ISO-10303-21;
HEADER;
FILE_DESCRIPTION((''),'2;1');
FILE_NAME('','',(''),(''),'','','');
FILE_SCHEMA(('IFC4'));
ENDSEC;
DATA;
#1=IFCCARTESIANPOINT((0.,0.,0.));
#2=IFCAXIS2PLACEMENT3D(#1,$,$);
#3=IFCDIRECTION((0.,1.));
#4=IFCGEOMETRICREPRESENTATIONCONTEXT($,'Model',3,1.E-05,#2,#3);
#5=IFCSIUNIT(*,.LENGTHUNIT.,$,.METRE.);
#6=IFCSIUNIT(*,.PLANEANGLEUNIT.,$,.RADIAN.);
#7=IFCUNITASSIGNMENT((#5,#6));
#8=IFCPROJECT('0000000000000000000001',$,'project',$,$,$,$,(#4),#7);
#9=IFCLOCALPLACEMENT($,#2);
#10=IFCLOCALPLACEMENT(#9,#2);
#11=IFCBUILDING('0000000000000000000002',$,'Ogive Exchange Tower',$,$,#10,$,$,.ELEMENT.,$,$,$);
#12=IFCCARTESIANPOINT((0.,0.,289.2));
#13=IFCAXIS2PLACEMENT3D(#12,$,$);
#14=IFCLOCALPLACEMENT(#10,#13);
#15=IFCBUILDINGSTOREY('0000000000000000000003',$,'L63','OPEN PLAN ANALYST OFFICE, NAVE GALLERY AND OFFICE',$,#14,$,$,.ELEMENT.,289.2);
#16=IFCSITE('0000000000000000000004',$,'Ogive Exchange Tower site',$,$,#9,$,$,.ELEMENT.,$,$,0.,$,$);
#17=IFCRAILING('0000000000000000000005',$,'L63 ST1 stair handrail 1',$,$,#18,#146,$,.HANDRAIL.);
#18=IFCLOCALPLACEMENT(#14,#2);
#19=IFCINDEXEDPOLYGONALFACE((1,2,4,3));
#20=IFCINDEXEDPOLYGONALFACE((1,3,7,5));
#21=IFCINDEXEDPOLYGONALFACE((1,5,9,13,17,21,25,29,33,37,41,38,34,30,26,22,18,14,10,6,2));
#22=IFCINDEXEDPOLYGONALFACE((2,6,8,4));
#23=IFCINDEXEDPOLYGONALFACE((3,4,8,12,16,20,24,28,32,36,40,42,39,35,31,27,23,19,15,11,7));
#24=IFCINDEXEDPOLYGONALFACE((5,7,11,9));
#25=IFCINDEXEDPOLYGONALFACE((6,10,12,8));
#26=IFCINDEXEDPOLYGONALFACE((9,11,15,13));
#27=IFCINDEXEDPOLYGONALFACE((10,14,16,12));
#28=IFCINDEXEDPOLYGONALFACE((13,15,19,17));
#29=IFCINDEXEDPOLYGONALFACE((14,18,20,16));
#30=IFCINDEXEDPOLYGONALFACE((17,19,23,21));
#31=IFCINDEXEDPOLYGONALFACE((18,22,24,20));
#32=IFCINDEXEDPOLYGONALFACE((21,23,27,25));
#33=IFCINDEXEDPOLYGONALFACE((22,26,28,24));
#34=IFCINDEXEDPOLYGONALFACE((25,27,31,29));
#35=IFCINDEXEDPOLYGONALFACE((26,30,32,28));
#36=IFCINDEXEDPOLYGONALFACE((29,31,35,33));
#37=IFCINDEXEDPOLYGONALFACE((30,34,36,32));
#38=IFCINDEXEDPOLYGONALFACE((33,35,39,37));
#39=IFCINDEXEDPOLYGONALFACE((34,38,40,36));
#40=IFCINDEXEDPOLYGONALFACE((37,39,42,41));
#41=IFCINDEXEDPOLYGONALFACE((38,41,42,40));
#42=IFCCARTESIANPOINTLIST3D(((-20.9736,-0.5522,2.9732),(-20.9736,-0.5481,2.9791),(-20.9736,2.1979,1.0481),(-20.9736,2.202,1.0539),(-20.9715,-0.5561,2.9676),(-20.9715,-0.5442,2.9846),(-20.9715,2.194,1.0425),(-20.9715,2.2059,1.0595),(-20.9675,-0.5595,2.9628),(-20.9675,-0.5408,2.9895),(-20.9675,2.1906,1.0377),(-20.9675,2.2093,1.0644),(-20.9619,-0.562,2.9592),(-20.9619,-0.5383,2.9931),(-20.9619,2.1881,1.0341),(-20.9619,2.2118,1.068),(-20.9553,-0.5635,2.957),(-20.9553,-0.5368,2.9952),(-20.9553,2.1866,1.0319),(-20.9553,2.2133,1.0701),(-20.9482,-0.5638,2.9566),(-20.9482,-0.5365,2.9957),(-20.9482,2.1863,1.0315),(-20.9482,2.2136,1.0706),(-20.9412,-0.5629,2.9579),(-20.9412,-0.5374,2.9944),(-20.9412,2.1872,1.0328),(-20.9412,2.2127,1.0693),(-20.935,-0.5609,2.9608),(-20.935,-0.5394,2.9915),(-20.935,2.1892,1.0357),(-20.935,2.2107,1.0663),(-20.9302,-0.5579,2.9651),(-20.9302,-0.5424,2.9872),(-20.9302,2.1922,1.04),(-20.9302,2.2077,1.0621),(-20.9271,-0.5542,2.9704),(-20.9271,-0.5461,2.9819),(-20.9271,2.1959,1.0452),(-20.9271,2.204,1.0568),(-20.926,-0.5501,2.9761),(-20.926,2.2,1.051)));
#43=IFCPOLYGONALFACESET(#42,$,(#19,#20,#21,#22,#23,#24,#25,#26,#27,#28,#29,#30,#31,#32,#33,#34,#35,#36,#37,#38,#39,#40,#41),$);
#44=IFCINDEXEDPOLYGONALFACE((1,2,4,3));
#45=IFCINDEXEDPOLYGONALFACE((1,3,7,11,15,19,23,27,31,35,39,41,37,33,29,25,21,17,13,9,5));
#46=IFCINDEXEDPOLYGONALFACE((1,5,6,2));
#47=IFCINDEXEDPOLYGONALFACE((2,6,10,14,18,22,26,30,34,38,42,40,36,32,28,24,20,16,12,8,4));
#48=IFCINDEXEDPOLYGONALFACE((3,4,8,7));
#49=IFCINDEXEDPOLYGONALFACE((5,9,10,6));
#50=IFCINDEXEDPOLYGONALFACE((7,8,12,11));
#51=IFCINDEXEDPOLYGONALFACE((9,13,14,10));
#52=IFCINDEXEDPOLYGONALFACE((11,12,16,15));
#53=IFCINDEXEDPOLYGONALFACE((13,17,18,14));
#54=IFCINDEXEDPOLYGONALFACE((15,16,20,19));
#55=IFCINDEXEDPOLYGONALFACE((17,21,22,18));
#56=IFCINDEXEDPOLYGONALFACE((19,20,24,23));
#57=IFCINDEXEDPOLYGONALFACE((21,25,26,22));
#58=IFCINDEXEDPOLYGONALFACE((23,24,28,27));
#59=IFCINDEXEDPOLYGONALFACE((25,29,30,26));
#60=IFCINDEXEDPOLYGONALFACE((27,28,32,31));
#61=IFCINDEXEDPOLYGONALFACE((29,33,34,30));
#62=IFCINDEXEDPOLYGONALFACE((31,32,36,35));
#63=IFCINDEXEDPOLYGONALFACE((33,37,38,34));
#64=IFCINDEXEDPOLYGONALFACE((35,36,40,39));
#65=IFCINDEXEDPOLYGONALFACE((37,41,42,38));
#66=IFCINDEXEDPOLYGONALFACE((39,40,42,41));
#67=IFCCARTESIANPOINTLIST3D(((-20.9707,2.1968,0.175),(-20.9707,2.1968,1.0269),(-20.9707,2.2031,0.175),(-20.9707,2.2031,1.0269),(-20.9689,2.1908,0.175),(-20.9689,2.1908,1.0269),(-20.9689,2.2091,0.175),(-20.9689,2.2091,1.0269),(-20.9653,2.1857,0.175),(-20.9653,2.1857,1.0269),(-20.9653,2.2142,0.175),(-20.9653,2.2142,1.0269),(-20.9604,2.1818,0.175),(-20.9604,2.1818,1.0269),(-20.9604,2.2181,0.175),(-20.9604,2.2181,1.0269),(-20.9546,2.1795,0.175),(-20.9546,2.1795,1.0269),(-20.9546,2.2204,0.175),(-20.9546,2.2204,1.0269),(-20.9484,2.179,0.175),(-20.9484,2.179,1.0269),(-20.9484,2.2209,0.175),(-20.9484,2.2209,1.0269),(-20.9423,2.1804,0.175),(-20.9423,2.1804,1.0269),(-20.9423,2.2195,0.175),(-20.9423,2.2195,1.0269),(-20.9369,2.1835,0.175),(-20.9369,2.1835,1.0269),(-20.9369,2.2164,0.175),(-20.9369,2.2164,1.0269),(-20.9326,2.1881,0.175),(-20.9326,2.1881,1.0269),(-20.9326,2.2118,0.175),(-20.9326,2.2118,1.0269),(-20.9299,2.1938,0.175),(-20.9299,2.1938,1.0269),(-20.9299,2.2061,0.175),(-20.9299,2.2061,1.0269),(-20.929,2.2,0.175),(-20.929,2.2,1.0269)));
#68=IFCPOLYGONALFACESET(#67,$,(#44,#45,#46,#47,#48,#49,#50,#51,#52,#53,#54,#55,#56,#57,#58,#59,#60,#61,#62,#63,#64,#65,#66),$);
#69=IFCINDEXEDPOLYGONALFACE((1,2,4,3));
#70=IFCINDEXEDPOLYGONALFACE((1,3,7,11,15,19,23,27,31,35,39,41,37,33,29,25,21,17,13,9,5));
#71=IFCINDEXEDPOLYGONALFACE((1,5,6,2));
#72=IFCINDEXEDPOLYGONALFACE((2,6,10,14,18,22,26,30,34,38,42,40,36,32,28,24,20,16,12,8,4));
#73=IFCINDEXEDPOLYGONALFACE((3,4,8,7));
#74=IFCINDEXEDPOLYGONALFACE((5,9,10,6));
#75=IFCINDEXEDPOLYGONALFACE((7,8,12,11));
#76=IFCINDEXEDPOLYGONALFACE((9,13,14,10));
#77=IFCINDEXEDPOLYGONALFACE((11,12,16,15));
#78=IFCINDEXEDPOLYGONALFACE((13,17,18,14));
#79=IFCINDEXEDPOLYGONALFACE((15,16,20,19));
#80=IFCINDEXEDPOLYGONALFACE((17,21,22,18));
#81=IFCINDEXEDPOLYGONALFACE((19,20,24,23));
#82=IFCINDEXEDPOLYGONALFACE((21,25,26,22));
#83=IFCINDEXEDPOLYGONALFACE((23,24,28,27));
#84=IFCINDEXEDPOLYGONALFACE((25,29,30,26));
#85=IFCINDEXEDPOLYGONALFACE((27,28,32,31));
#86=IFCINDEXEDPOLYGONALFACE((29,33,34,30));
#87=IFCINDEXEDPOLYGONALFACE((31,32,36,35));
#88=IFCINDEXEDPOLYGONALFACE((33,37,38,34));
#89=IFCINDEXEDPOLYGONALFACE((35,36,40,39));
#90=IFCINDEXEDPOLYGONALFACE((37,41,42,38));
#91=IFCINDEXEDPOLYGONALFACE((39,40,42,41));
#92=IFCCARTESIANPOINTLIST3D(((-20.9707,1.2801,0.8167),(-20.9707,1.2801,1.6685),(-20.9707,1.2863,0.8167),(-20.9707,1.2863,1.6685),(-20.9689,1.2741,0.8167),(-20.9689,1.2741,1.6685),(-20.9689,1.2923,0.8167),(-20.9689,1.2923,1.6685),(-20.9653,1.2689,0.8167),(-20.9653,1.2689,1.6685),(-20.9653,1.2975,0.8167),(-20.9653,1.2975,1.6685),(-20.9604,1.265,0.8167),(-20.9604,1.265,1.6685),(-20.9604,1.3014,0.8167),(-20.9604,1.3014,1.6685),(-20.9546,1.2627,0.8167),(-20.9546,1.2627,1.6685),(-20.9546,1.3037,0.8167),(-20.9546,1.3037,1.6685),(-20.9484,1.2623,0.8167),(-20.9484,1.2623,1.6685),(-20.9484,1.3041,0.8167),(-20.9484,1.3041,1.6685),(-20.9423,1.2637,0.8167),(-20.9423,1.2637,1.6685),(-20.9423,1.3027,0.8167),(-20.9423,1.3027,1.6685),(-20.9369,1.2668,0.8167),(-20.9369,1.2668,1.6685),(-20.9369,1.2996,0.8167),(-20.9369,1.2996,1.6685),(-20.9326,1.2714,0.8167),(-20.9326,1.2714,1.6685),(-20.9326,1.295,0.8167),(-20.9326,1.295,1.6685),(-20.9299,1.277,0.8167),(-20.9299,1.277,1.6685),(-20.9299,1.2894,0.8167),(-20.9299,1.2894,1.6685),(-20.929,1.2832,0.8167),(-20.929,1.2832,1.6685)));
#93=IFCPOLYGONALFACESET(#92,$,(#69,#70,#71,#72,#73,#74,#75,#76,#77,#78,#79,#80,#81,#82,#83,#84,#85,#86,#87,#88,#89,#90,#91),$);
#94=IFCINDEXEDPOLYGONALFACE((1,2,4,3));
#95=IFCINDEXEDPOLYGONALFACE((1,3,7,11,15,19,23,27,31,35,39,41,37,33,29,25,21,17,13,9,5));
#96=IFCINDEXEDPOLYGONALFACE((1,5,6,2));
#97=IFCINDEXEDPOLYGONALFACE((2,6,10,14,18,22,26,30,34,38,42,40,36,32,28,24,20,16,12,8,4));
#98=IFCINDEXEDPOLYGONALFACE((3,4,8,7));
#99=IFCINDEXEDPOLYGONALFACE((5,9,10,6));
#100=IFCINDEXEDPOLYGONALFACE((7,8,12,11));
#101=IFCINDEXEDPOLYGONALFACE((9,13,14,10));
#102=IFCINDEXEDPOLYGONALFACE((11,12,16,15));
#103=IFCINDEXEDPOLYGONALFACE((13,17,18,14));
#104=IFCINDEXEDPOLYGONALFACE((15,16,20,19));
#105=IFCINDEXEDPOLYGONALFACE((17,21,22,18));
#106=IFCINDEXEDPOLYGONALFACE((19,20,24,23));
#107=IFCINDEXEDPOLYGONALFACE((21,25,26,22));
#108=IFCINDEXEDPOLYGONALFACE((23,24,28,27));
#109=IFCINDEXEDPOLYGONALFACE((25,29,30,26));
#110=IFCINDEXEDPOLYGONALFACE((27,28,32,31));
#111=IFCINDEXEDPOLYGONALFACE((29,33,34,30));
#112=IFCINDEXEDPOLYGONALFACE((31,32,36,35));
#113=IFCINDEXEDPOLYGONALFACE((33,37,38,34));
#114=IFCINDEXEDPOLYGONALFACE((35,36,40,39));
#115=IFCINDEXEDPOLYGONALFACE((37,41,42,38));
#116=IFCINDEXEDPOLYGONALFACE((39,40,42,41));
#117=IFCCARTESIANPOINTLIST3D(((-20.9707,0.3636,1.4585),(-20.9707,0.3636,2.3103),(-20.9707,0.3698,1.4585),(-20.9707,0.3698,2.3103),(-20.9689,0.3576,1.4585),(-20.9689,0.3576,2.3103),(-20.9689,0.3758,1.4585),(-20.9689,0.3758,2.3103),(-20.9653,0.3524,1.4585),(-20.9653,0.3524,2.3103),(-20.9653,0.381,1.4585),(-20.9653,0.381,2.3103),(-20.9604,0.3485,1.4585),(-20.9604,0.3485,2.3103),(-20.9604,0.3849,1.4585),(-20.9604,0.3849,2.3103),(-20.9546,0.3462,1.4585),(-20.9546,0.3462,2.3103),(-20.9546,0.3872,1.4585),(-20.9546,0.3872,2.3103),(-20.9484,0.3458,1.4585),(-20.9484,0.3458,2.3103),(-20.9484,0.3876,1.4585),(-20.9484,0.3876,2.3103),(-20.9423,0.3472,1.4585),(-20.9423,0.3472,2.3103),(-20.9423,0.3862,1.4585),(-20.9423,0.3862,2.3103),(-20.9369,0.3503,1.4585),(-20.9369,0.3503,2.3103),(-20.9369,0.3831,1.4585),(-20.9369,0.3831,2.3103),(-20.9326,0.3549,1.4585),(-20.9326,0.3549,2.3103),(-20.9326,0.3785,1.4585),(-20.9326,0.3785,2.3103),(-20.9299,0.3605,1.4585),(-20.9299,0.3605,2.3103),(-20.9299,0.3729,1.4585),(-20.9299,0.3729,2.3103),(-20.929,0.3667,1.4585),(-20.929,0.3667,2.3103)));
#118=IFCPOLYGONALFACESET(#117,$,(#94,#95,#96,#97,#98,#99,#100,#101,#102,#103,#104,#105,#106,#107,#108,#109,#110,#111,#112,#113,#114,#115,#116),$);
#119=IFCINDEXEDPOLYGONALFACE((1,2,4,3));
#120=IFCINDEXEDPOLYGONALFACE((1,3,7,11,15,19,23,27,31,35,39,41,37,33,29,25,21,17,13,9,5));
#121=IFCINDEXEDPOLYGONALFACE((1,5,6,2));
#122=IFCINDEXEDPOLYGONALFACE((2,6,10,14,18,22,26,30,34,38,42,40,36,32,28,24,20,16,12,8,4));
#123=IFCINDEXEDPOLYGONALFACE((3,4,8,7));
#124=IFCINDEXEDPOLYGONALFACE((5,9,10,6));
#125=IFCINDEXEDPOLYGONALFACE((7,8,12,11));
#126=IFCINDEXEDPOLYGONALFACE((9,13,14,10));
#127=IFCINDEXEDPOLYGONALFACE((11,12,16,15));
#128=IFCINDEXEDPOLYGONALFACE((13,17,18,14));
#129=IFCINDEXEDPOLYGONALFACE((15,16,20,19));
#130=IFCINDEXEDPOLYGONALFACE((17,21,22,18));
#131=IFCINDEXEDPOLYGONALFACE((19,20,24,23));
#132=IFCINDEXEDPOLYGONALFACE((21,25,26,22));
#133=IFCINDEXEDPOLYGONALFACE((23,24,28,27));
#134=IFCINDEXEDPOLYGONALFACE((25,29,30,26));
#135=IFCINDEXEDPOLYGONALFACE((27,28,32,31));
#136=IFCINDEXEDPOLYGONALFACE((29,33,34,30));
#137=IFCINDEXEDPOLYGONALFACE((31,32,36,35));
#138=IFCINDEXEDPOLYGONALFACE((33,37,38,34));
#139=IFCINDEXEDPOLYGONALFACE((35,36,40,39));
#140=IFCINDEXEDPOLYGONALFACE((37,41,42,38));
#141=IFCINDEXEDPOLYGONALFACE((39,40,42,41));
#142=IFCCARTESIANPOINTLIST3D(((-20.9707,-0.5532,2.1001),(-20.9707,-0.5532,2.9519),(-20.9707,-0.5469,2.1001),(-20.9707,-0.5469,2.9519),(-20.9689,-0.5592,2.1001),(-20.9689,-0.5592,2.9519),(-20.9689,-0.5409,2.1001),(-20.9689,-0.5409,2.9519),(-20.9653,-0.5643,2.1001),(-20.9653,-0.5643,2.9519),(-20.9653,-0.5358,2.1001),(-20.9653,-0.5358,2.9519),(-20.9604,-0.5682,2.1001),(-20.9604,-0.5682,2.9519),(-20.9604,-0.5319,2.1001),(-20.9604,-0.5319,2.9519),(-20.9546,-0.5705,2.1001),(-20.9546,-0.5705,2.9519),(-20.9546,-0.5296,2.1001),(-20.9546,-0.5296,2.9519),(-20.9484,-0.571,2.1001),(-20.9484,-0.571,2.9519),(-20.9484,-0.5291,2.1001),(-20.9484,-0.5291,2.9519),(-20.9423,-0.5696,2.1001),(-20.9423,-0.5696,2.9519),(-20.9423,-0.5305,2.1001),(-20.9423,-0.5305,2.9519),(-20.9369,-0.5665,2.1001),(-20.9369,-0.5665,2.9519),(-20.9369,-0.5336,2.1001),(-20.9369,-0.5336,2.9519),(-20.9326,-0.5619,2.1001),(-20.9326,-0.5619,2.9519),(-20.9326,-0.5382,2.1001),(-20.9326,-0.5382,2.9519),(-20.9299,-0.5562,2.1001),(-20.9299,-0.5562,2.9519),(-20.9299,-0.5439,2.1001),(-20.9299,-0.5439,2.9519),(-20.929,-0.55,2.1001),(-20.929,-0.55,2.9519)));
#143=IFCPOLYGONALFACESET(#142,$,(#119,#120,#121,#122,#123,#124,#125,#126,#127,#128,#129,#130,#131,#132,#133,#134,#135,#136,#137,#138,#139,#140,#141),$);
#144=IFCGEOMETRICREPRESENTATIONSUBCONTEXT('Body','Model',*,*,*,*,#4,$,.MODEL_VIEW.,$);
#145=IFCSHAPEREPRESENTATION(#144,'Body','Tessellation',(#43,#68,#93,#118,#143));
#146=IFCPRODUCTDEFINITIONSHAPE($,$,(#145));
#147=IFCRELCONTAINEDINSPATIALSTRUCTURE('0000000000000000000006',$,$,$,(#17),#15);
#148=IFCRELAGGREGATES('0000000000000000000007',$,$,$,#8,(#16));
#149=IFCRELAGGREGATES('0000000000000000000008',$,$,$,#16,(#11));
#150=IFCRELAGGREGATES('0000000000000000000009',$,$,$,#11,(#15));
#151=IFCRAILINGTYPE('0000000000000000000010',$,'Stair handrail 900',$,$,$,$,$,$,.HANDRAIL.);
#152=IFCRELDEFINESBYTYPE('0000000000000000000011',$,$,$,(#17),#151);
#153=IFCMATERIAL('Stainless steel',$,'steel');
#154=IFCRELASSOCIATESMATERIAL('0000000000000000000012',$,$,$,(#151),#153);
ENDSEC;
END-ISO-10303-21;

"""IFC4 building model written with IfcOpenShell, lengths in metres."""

from ifc_helpers import new_model, si_unit, direction, frame, origin, origin_2d, place, context, subcontext, project, spatial, circle, extrude, material, type_object, element, save


model = new_model("IFC4")

# Units and contexts
model_context = context("Model", 3, precision=1e-05, world=origin(), true_north=direction((0.0, 1.0)))
body_context = subcontext(model_context, "Body", "Model", "MODEL_VIEW")
ifc_project = project(units=[si_unit("LENGTHUNIT", "METRE"), si_unit("PLANEANGLEUNIT", "RADIAN")], contexts=[model_context])

# Site, building, storey
site_placement = place(None, origin())
site = spatial("IfcSite", under=ifc_project, at=site_placement, Name="Ogive Exchange Tower site", CompositionType="ELEMENT", RefElevation=0.0)
building_placement = place(site_placement, origin())
building = spatial("IfcBuilding", under=site, at=building_placement, Name="Ogive Exchange Tower", CompositionType="ELEMENT")
storey_placement = place(building_placement, frame((0.0, 0.0, 289.2)))
storey = spatial("IfcBuildingStorey", under=building, at=storey_placement, Name="L63", Description="OPEN PLAN ANALYST OFFICE, NAVE GALLERY AND OFFICE", CompositionType="ELEMENT", Elevation=289.2)

# Railing
ifc_material_1 = material(Name="Stainless steel", Category="steel")
railing_type = type_object("IfcRailingType", Name="Stair handrail 900", PredefinedType="HANDRAIL", material=ifc_material_1)
railing_placement = place(storey_placement, frame((-20.95, 2.2, 0.175)))
element("IfcRailing", 1, at=railing_placement, inside=storey, type_object=railing_type, Name="L63 ST1 stair handrail 1", PredefinedType="HANDRAIL", context=body_context, shape_type="SweptSolid", body=[
    extrude(circle(Radius=0.0239, at=origin_2d()), frame((0.0, 0.0, 0.876), z_axis=(0.0, -0.819225, 0.573472), x_axis=(1.0, 0.0, 0.0)), (0.0, 0.0, 1.0), 3.3569),
    extrude(circle(Radius=0.021, at=origin_2d()), origin(), (0.0, 0.0, 1.0), 0.8518),
    extrude(circle(Radius=0.021, at=origin_2d()), frame((0.0, -0.9167, 0.6416)), (0.0, 0.0, 1.0), 0.8518),
    extrude(circle(Radius=0.021, at=origin_2d()), frame((0.0, -1.8333, 1.2834)), (0.0, 0.0, 1.0), 0.8518),
    extrude(circle(Radius=0.021, at=origin_2d()), frame((0.0, -2.75, 1.925)), (0.0, 0.0, 1.0), 0.8518),
])

save(model, "model.ifc")
